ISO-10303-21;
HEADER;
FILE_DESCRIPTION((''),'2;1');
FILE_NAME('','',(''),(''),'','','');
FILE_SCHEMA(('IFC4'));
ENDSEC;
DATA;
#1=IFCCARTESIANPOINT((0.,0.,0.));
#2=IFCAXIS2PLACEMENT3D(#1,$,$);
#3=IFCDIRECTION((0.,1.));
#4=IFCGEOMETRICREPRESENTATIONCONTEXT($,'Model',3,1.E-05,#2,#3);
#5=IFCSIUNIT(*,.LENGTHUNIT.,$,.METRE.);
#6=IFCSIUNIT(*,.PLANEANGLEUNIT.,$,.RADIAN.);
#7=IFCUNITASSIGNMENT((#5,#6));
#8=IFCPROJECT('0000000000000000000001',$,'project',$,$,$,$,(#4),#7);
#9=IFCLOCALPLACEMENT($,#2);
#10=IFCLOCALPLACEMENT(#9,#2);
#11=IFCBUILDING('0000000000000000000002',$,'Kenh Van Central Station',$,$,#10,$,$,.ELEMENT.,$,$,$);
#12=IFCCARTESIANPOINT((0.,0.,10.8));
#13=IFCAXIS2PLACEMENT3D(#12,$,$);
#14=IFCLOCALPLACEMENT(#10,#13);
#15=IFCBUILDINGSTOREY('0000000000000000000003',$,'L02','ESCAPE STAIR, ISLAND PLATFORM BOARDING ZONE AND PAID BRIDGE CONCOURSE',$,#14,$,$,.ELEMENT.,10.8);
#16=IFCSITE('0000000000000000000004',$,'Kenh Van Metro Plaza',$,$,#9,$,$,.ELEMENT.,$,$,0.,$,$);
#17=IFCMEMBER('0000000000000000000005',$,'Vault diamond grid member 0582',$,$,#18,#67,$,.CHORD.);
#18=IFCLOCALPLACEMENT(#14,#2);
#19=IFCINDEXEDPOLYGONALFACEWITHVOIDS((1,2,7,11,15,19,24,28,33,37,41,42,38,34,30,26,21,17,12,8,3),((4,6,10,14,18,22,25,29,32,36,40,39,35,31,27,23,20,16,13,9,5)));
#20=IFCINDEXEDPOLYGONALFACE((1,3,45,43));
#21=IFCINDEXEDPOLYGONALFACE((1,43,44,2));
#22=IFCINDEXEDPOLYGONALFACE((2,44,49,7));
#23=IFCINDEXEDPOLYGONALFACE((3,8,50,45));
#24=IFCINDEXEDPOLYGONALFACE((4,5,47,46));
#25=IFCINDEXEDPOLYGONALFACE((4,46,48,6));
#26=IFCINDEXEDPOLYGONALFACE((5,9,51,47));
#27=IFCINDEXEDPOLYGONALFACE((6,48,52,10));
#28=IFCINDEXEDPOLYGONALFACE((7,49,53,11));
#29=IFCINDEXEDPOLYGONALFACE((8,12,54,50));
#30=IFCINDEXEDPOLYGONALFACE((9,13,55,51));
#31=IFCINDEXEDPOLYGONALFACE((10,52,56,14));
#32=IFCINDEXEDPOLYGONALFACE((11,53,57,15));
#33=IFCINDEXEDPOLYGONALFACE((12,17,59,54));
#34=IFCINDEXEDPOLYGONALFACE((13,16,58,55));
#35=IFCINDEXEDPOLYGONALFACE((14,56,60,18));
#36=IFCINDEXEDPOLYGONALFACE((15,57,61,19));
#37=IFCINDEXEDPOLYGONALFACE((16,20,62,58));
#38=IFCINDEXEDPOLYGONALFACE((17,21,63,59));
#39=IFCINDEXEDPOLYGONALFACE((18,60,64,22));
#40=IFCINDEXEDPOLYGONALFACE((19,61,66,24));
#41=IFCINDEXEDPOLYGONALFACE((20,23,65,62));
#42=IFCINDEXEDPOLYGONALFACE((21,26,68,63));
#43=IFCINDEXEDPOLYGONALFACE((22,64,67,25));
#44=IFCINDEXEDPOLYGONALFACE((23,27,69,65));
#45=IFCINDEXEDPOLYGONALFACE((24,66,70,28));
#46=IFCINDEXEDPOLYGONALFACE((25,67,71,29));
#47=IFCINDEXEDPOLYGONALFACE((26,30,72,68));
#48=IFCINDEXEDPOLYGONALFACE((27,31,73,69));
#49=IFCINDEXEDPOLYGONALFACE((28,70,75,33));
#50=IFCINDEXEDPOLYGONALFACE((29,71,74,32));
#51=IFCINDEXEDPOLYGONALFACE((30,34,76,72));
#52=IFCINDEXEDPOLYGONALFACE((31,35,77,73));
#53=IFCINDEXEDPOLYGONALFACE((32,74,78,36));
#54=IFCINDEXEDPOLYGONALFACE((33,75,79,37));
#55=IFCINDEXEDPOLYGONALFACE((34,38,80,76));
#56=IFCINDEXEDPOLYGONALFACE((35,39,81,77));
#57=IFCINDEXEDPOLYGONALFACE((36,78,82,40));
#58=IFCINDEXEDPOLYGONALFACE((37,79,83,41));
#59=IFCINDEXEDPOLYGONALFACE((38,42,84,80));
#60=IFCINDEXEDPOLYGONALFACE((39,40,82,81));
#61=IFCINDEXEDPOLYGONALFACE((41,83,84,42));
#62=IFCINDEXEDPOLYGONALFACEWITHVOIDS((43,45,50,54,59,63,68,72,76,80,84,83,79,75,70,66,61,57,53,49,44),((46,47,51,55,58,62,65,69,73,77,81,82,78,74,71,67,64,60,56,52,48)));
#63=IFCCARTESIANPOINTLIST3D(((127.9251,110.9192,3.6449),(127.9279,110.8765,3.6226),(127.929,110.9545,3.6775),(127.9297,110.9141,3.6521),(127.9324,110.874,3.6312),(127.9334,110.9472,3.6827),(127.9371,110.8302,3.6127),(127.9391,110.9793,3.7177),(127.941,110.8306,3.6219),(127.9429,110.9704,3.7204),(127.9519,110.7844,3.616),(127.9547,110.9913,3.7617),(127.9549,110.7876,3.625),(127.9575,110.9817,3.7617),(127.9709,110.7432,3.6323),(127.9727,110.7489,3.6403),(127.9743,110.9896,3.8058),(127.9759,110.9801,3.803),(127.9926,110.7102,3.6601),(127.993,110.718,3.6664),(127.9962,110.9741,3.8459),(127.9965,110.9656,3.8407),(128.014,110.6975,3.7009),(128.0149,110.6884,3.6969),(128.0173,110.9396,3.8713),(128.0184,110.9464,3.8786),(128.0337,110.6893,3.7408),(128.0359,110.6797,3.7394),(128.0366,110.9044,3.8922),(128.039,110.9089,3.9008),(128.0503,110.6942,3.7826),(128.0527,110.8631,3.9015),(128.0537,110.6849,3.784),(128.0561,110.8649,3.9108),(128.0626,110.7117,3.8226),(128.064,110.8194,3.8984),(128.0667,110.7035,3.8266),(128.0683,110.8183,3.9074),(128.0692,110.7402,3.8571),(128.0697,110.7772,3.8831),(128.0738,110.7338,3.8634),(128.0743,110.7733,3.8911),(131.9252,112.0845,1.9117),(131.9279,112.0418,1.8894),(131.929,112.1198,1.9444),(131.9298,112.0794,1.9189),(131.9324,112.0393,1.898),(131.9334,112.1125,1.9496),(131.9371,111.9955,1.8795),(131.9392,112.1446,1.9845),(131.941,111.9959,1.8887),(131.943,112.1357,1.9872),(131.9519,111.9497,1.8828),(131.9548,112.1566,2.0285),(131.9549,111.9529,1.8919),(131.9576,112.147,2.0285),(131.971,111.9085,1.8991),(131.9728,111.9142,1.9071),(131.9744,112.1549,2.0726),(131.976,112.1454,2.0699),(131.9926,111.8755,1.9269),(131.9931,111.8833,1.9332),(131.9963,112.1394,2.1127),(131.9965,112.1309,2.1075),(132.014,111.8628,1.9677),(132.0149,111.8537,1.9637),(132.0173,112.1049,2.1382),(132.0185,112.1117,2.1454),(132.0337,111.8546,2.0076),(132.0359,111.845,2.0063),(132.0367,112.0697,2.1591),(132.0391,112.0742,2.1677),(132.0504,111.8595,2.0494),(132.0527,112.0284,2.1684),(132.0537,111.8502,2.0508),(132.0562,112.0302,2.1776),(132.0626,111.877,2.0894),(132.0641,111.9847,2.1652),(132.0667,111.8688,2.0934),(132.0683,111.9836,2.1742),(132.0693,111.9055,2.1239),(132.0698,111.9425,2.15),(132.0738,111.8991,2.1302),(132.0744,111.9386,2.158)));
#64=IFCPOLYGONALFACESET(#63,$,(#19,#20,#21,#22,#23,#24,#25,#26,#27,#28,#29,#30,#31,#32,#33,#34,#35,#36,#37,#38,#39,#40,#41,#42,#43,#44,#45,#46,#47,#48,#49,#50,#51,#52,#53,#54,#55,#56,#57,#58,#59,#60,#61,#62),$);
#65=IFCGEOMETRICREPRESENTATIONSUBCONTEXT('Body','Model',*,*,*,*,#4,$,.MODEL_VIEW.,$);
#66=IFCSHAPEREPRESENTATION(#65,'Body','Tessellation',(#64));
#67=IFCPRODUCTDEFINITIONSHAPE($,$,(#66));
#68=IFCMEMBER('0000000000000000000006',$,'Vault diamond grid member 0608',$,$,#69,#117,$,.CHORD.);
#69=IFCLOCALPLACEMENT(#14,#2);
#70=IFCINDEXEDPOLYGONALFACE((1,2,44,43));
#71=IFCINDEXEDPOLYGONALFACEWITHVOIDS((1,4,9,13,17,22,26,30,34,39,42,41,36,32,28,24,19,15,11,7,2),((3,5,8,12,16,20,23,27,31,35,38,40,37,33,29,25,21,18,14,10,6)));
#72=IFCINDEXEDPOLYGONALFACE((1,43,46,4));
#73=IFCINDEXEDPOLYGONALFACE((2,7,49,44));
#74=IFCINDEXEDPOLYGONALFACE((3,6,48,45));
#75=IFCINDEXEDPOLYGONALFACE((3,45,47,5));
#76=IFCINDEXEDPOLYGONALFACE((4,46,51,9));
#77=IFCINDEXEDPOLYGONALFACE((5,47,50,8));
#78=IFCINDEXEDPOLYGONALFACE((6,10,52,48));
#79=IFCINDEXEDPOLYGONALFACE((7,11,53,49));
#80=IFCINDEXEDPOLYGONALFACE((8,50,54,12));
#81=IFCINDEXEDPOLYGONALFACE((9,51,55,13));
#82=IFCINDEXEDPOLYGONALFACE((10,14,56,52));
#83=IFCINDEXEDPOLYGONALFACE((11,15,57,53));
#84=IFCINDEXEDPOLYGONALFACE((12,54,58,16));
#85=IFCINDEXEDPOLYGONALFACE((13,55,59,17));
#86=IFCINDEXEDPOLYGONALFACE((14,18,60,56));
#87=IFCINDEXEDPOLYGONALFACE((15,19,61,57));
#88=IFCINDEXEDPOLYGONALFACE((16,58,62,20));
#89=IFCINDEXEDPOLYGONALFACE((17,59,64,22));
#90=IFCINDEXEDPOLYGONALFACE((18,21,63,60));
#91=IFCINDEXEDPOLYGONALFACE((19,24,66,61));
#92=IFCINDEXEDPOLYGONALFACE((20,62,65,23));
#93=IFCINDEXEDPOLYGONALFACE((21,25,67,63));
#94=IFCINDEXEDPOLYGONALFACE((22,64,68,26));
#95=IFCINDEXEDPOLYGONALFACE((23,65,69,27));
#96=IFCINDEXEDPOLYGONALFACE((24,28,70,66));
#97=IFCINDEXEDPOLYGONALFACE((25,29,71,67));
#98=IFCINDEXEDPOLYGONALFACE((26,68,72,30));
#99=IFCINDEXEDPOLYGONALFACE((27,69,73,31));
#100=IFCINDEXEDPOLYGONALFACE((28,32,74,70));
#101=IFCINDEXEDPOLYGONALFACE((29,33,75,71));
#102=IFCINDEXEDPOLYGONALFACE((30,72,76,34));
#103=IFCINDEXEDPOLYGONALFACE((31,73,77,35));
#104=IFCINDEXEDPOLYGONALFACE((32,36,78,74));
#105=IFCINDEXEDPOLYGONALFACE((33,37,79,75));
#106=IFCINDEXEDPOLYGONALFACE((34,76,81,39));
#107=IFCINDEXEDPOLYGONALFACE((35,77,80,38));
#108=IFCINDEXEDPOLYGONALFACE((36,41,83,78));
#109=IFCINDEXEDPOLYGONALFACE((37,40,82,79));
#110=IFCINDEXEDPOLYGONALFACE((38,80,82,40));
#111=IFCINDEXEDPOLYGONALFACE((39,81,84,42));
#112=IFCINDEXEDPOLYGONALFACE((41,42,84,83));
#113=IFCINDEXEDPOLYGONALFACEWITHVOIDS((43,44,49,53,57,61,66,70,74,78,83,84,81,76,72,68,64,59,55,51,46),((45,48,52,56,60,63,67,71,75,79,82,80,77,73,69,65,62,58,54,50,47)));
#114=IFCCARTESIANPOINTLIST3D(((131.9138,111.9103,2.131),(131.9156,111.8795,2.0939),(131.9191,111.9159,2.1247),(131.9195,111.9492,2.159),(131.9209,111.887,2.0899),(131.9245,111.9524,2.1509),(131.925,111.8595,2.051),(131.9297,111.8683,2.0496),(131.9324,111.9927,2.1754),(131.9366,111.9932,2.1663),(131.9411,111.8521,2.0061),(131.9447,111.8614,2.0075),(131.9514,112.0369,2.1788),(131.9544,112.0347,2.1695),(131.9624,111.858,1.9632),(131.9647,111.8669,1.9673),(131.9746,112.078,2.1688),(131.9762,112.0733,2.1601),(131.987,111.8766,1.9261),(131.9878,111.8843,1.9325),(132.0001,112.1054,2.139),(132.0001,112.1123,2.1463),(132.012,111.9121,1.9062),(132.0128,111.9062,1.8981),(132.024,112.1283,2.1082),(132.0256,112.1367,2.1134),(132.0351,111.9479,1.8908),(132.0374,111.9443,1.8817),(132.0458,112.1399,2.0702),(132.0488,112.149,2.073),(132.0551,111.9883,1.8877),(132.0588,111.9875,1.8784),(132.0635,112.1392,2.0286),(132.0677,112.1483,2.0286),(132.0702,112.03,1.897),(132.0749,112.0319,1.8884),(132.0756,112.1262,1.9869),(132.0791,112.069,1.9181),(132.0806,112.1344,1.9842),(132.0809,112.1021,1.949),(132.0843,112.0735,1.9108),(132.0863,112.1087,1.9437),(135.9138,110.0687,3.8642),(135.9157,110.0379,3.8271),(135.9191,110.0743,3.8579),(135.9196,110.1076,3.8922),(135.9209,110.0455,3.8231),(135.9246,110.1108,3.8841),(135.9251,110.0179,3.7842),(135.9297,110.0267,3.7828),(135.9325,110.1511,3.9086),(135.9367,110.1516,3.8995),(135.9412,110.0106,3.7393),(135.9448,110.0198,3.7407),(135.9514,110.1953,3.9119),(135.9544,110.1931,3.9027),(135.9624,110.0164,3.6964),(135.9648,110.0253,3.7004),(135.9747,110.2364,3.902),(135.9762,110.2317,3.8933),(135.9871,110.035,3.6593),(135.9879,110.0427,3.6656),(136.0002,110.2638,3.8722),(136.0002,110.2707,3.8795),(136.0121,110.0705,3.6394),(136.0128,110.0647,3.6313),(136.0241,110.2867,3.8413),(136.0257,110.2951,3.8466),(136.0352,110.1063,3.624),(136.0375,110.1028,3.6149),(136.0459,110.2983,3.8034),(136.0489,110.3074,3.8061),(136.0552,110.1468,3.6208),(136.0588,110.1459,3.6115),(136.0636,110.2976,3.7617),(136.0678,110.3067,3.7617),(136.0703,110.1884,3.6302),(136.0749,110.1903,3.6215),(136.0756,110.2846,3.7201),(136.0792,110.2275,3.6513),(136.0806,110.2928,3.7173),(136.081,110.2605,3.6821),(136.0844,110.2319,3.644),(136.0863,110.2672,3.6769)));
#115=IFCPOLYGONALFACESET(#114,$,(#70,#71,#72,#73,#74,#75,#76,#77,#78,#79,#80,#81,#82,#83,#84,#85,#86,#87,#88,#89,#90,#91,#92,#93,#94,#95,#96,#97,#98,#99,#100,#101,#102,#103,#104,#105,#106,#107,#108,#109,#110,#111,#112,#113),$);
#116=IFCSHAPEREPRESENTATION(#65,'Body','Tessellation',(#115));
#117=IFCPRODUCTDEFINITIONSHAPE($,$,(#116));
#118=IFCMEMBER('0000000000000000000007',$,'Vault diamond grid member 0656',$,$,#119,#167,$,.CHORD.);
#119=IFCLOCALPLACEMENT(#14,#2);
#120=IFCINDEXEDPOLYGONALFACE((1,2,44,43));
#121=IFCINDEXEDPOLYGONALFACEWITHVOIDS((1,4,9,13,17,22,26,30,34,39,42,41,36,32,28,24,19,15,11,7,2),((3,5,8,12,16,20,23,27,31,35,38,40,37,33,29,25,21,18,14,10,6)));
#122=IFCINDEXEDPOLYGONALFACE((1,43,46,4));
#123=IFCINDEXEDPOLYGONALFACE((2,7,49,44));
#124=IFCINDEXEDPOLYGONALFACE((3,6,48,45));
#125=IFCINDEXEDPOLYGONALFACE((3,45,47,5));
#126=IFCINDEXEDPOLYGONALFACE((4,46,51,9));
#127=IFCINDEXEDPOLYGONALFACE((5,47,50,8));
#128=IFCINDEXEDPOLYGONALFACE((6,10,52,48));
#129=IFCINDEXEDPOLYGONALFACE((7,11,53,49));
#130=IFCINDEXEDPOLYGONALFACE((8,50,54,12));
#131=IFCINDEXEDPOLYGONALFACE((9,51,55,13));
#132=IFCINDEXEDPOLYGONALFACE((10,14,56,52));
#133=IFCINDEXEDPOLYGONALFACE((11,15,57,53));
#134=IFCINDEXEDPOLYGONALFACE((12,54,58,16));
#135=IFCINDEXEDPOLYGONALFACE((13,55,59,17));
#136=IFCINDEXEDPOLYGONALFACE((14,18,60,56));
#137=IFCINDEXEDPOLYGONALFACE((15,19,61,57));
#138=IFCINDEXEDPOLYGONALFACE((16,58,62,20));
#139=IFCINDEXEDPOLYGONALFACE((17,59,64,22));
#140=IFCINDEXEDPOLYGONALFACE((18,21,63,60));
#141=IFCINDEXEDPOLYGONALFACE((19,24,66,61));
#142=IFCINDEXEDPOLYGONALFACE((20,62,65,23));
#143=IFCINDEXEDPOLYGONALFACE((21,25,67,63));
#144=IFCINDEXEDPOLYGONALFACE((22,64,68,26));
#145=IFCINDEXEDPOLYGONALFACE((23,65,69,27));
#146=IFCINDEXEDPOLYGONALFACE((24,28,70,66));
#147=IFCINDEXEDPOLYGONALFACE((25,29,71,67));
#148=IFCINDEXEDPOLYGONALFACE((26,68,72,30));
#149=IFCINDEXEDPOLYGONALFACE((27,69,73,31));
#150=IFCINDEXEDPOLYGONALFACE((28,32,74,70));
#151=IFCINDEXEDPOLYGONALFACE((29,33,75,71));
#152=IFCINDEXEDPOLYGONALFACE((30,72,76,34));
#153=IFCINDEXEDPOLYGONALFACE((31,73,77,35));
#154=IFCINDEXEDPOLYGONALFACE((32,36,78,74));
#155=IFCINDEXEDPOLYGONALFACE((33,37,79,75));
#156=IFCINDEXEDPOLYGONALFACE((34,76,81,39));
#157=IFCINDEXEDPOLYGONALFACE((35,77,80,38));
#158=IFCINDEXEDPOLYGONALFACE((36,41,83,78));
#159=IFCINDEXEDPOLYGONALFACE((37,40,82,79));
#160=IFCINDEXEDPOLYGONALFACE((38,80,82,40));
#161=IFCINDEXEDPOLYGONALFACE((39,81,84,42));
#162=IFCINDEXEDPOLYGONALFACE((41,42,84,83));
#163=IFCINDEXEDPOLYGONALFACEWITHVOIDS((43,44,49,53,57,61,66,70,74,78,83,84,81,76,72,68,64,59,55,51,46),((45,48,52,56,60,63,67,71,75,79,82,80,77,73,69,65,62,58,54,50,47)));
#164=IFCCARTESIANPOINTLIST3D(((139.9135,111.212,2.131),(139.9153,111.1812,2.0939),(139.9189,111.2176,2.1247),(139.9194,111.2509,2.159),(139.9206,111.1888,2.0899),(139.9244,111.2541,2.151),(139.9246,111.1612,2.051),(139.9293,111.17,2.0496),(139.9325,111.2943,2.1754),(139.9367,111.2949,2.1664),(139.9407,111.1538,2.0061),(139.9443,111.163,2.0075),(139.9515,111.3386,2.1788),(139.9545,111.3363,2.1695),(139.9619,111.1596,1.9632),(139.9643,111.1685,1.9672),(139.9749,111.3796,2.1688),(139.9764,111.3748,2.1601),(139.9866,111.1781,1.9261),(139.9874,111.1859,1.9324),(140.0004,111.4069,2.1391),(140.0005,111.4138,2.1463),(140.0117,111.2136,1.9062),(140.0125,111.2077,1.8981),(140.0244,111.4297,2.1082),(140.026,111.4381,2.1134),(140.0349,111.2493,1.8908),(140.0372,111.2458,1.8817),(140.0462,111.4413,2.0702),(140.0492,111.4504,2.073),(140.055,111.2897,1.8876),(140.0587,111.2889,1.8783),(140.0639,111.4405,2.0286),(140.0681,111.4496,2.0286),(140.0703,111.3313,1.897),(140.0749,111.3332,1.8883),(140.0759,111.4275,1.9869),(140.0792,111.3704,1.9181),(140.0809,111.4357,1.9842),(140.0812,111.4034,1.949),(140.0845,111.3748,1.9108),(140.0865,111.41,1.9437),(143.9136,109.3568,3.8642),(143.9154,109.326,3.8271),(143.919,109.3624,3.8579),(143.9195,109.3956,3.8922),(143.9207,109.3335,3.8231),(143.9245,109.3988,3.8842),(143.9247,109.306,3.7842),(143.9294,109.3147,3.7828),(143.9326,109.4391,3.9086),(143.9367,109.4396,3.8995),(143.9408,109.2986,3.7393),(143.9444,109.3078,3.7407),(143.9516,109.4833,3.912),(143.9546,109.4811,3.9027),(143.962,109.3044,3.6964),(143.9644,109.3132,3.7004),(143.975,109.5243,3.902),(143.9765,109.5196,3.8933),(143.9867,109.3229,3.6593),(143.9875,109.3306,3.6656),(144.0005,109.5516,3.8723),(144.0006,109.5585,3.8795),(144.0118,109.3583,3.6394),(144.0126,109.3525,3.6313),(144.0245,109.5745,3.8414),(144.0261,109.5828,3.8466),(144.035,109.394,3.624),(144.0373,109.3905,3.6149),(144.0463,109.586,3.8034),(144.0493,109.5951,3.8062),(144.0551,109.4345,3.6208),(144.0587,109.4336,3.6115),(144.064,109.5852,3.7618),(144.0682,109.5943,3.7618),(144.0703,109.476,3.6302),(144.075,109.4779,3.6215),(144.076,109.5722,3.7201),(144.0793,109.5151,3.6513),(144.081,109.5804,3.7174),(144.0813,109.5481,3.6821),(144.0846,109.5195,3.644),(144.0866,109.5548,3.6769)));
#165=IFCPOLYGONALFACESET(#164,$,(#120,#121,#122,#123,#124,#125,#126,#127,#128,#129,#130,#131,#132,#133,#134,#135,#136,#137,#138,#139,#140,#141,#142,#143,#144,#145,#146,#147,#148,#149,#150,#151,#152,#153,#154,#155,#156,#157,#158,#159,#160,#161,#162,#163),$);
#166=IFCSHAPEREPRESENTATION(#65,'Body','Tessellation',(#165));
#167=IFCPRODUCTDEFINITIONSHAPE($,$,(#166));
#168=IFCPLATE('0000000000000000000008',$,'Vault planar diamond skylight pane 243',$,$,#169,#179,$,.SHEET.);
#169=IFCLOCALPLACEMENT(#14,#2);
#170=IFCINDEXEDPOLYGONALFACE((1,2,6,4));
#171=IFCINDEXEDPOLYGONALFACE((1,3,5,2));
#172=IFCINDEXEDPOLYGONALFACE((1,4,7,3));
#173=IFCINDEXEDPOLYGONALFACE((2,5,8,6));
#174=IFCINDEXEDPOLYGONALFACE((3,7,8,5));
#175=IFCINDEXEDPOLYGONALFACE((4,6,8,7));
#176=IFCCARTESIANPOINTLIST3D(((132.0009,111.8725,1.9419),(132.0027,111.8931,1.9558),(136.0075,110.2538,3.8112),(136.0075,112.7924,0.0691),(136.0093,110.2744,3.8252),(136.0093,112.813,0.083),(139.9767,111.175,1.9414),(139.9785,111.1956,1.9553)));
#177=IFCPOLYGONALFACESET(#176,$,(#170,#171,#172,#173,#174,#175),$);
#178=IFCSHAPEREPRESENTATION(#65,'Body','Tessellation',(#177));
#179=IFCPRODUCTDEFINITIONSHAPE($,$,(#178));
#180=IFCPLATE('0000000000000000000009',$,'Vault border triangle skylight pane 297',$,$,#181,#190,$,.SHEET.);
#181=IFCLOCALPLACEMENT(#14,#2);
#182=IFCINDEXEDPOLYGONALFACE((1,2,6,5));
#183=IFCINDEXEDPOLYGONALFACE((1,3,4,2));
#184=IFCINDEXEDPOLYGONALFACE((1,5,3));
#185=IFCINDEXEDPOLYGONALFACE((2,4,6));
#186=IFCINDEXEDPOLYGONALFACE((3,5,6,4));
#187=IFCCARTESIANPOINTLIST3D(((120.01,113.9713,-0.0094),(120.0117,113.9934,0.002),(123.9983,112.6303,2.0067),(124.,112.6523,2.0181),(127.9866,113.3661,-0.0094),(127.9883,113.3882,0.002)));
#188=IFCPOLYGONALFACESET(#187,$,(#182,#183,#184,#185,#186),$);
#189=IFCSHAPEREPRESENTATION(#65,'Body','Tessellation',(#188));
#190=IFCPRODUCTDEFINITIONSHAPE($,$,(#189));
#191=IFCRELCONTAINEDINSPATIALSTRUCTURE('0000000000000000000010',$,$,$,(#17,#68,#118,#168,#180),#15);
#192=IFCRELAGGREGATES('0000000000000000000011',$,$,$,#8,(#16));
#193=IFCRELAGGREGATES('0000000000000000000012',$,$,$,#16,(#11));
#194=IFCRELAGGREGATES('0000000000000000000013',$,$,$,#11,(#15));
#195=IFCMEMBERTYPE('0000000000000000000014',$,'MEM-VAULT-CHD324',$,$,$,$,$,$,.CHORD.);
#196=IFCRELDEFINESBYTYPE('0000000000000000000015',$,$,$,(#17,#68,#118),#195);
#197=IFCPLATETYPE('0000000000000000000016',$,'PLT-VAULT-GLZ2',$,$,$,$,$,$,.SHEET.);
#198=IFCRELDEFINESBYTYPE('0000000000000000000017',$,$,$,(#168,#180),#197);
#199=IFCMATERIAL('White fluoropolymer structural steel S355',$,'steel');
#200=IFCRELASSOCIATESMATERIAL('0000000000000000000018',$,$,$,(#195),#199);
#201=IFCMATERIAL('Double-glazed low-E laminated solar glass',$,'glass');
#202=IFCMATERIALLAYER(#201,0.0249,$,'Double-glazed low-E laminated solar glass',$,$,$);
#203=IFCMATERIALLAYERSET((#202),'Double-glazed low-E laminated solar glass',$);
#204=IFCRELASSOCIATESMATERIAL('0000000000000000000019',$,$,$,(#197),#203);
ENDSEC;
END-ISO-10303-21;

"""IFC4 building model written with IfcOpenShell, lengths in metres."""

from ifc_helpers import new_model, si_unit, direction, frame, origin, origin_2d, place, context, subcontext, project, spatial, polyline, hollow_circle, outline, extrude, material, layer, layer_set, material_profile, profile_set, type_object, element, save


model = new_model("IFC4")

# Units and contexts
model_context = context("Model", 3, precision=1e-05, world=origin(), true_north=direction((0.0, 1.0)))
body_context = subcontext(model_context, "Body", "Model", "MODEL_VIEW")
ifc_project = project(units=[si_unit("LENGTHUNIT", "METRE"), si_unit("PLANEANGLEUNIT", "RADIAN")], contexts=[model_context])

# Site, building, storey
site_placement = place(None, origin())
site = spatial("IfcSite", under=ifc_project, at=site_placement, Name="Kenh Van Metro Plaza", CompositionType="ELEMENT", RefElevation=0.0)
building_placement = place(site_placement, origin())
building = spatial("IfcBuilding", under=site, at=building_placement, Name="Kenh Van Central Station", CompositionType="ELEMENT")
storey_placement = place(building_placement, frame((0.0, 0.0, 10.8)))
storey = spatial("IfcBuildingStorey", under=building, at=storey_placement, Name="L02", Description="ESCAPE STAIR, ISLAND PLATFORM BOARDING ZONE AND PAID BRIDGE CONCOURSE", CompositionType="ELEMENT", Elevation=10.8)

# Shared definitions
ifc_material_1 = material(Name="White fluoropolymer structural steel S355", Category="steel")

# Members
ifc_material_profile_1 = material_profile(ifc_material_1, hollow_circle(Radius=0.1619, WallThickness=0.01, at=origin_2d()), Name="CHS 323.9x10")
ifc_profile_set_1 = profile_set([ifc_material_profile_1], Name="White fluoropolymer structural steel S355")
member_type_1 = type_object("IfcMemberType", Name="MEM-VAULT-CHD324", PredefinedType="CHORD", material=ifc_profile_set_1)
member_1_placement = place(storey_placement, frame((128.0, 110.8359, 3.7617), z_axis=(0.886447, 0.258241, -0.384087), x_axis=(-0.279694, 0.960089, 0.0)))
element("IfcMember", 1, at=member_1_placement, inside=storey, type_object=member_type_1, Name="Vault diamond grid member 0582", PredefinedType="CHORD", context=body_context, shape_type="SweptSolid", body=[
    extrude(hollow_circle(Radius=0.1619, WallThickness=0.01, at=origin_2d()), origin(), (0.0, 0.0, 1.0), 4.5125),
])
member_2_placement = place(storey_placement, frame((132.0, 112.0012, 2.0286), z_axis=(0.845246, -0.389141, 0.366235), x_axis=(0.418197, 0.908357, 0.0)))
element("IfcMember", 2, at=member_2_placement, inside=storey, type_object=member_type_1, Name="Vault diamond grid member 0608", PredefinedType="CHORD", context=body_context, shape_type="SweptSolid", body=[
    extrude(hollow_circle(Radius=0.1619, WallThickness=0.01, at=origin_2d()), origin(), (0.0, 0.0, 1.0), 4.7324),
])
member_3_placement = place(storey_placement, frame((140.0, 111.3027, 2.0286), z_axis=(0.844294, -0.391589, 0.365823), x_axis=(0.420753, 0.907175, 0.0)))
element("IfcMember", 3, at=member_3_placement, inside=storey, type_object=member_type_1, Name="Vault diamond grid member 0656", PredefinedType="CHORD", context=body_context, shape_type="SweptSolid", body=[
    extrude(hollow_circle(Radius=0.1619, WallThickness=0.01, at=origin_2d()), origin(), (0.0, 0.0, 1.0), 4.7378),
])

# Plates
ifc_material_2 = material(Name="Double-glazed low-E laminated solar glass", Category="glass")
ifc_layer_1 = layer(ifc_material_2, 0.0249, Name="Double-glazed low-E laminated solar glass")
ifc_layer_set_1 = layer_set([ifc_layer_1], Name="Double-glazed low-E laminated solar glass")
plate_type_1 = type_object("IfcPlateType", Name="PLT-VAULT-GLZ2", PredefinedType="SHEET", material=ifc_layer_set_1)
plate_1_placement = place(storey_placement, frame((132.0027, 111.8931, 1.9558), z_axis=(0.072217, 0.825394, 0.559919), x_axis=(0.850976, -0.343797, 0.397043)))
element("IfcPlate", 4, at=plate_1_placement, inside=storey, type_object=plate_type_1, Name="Vault planar diamond skylight pane 243", PredefinedType="SHEET", context=body_context, shape_type="SweptSolid", body=[
    extrude(outline(polyline([(0.0, 0.0), (4.7082, 0.0), (7.0268, 3.8372), (2.3497, 3.8582), (0.0, 0.0)])), origin(), (0.0, 0.0, -1.0), 0.0249),
])
plate_2_placement = place(storey_placement, frame((120.0117, 113.9934, 0.002), z_axis=(0.0673, 0.886986, 0.456866), x_axis=(0.854793, -0.287425, 0.432106)))
element("IfcPlate", 5, at=plate_2_placement, inside=storey, type_object=plate_type_1, Name="Vault border triangle skylight pane 297", PredefinedType="SHEET", context=body_context, shape_type="SweptSolid", body=[
    extrude(outline(polyline([(0.0, 0.0), (4.6658, 0.0), (6.9923, 3.8859), (0.0, 0.0)])), origin(), (0.0, 0.0, -1.0), 0.0249),
])

save(model, "model.ifc")
